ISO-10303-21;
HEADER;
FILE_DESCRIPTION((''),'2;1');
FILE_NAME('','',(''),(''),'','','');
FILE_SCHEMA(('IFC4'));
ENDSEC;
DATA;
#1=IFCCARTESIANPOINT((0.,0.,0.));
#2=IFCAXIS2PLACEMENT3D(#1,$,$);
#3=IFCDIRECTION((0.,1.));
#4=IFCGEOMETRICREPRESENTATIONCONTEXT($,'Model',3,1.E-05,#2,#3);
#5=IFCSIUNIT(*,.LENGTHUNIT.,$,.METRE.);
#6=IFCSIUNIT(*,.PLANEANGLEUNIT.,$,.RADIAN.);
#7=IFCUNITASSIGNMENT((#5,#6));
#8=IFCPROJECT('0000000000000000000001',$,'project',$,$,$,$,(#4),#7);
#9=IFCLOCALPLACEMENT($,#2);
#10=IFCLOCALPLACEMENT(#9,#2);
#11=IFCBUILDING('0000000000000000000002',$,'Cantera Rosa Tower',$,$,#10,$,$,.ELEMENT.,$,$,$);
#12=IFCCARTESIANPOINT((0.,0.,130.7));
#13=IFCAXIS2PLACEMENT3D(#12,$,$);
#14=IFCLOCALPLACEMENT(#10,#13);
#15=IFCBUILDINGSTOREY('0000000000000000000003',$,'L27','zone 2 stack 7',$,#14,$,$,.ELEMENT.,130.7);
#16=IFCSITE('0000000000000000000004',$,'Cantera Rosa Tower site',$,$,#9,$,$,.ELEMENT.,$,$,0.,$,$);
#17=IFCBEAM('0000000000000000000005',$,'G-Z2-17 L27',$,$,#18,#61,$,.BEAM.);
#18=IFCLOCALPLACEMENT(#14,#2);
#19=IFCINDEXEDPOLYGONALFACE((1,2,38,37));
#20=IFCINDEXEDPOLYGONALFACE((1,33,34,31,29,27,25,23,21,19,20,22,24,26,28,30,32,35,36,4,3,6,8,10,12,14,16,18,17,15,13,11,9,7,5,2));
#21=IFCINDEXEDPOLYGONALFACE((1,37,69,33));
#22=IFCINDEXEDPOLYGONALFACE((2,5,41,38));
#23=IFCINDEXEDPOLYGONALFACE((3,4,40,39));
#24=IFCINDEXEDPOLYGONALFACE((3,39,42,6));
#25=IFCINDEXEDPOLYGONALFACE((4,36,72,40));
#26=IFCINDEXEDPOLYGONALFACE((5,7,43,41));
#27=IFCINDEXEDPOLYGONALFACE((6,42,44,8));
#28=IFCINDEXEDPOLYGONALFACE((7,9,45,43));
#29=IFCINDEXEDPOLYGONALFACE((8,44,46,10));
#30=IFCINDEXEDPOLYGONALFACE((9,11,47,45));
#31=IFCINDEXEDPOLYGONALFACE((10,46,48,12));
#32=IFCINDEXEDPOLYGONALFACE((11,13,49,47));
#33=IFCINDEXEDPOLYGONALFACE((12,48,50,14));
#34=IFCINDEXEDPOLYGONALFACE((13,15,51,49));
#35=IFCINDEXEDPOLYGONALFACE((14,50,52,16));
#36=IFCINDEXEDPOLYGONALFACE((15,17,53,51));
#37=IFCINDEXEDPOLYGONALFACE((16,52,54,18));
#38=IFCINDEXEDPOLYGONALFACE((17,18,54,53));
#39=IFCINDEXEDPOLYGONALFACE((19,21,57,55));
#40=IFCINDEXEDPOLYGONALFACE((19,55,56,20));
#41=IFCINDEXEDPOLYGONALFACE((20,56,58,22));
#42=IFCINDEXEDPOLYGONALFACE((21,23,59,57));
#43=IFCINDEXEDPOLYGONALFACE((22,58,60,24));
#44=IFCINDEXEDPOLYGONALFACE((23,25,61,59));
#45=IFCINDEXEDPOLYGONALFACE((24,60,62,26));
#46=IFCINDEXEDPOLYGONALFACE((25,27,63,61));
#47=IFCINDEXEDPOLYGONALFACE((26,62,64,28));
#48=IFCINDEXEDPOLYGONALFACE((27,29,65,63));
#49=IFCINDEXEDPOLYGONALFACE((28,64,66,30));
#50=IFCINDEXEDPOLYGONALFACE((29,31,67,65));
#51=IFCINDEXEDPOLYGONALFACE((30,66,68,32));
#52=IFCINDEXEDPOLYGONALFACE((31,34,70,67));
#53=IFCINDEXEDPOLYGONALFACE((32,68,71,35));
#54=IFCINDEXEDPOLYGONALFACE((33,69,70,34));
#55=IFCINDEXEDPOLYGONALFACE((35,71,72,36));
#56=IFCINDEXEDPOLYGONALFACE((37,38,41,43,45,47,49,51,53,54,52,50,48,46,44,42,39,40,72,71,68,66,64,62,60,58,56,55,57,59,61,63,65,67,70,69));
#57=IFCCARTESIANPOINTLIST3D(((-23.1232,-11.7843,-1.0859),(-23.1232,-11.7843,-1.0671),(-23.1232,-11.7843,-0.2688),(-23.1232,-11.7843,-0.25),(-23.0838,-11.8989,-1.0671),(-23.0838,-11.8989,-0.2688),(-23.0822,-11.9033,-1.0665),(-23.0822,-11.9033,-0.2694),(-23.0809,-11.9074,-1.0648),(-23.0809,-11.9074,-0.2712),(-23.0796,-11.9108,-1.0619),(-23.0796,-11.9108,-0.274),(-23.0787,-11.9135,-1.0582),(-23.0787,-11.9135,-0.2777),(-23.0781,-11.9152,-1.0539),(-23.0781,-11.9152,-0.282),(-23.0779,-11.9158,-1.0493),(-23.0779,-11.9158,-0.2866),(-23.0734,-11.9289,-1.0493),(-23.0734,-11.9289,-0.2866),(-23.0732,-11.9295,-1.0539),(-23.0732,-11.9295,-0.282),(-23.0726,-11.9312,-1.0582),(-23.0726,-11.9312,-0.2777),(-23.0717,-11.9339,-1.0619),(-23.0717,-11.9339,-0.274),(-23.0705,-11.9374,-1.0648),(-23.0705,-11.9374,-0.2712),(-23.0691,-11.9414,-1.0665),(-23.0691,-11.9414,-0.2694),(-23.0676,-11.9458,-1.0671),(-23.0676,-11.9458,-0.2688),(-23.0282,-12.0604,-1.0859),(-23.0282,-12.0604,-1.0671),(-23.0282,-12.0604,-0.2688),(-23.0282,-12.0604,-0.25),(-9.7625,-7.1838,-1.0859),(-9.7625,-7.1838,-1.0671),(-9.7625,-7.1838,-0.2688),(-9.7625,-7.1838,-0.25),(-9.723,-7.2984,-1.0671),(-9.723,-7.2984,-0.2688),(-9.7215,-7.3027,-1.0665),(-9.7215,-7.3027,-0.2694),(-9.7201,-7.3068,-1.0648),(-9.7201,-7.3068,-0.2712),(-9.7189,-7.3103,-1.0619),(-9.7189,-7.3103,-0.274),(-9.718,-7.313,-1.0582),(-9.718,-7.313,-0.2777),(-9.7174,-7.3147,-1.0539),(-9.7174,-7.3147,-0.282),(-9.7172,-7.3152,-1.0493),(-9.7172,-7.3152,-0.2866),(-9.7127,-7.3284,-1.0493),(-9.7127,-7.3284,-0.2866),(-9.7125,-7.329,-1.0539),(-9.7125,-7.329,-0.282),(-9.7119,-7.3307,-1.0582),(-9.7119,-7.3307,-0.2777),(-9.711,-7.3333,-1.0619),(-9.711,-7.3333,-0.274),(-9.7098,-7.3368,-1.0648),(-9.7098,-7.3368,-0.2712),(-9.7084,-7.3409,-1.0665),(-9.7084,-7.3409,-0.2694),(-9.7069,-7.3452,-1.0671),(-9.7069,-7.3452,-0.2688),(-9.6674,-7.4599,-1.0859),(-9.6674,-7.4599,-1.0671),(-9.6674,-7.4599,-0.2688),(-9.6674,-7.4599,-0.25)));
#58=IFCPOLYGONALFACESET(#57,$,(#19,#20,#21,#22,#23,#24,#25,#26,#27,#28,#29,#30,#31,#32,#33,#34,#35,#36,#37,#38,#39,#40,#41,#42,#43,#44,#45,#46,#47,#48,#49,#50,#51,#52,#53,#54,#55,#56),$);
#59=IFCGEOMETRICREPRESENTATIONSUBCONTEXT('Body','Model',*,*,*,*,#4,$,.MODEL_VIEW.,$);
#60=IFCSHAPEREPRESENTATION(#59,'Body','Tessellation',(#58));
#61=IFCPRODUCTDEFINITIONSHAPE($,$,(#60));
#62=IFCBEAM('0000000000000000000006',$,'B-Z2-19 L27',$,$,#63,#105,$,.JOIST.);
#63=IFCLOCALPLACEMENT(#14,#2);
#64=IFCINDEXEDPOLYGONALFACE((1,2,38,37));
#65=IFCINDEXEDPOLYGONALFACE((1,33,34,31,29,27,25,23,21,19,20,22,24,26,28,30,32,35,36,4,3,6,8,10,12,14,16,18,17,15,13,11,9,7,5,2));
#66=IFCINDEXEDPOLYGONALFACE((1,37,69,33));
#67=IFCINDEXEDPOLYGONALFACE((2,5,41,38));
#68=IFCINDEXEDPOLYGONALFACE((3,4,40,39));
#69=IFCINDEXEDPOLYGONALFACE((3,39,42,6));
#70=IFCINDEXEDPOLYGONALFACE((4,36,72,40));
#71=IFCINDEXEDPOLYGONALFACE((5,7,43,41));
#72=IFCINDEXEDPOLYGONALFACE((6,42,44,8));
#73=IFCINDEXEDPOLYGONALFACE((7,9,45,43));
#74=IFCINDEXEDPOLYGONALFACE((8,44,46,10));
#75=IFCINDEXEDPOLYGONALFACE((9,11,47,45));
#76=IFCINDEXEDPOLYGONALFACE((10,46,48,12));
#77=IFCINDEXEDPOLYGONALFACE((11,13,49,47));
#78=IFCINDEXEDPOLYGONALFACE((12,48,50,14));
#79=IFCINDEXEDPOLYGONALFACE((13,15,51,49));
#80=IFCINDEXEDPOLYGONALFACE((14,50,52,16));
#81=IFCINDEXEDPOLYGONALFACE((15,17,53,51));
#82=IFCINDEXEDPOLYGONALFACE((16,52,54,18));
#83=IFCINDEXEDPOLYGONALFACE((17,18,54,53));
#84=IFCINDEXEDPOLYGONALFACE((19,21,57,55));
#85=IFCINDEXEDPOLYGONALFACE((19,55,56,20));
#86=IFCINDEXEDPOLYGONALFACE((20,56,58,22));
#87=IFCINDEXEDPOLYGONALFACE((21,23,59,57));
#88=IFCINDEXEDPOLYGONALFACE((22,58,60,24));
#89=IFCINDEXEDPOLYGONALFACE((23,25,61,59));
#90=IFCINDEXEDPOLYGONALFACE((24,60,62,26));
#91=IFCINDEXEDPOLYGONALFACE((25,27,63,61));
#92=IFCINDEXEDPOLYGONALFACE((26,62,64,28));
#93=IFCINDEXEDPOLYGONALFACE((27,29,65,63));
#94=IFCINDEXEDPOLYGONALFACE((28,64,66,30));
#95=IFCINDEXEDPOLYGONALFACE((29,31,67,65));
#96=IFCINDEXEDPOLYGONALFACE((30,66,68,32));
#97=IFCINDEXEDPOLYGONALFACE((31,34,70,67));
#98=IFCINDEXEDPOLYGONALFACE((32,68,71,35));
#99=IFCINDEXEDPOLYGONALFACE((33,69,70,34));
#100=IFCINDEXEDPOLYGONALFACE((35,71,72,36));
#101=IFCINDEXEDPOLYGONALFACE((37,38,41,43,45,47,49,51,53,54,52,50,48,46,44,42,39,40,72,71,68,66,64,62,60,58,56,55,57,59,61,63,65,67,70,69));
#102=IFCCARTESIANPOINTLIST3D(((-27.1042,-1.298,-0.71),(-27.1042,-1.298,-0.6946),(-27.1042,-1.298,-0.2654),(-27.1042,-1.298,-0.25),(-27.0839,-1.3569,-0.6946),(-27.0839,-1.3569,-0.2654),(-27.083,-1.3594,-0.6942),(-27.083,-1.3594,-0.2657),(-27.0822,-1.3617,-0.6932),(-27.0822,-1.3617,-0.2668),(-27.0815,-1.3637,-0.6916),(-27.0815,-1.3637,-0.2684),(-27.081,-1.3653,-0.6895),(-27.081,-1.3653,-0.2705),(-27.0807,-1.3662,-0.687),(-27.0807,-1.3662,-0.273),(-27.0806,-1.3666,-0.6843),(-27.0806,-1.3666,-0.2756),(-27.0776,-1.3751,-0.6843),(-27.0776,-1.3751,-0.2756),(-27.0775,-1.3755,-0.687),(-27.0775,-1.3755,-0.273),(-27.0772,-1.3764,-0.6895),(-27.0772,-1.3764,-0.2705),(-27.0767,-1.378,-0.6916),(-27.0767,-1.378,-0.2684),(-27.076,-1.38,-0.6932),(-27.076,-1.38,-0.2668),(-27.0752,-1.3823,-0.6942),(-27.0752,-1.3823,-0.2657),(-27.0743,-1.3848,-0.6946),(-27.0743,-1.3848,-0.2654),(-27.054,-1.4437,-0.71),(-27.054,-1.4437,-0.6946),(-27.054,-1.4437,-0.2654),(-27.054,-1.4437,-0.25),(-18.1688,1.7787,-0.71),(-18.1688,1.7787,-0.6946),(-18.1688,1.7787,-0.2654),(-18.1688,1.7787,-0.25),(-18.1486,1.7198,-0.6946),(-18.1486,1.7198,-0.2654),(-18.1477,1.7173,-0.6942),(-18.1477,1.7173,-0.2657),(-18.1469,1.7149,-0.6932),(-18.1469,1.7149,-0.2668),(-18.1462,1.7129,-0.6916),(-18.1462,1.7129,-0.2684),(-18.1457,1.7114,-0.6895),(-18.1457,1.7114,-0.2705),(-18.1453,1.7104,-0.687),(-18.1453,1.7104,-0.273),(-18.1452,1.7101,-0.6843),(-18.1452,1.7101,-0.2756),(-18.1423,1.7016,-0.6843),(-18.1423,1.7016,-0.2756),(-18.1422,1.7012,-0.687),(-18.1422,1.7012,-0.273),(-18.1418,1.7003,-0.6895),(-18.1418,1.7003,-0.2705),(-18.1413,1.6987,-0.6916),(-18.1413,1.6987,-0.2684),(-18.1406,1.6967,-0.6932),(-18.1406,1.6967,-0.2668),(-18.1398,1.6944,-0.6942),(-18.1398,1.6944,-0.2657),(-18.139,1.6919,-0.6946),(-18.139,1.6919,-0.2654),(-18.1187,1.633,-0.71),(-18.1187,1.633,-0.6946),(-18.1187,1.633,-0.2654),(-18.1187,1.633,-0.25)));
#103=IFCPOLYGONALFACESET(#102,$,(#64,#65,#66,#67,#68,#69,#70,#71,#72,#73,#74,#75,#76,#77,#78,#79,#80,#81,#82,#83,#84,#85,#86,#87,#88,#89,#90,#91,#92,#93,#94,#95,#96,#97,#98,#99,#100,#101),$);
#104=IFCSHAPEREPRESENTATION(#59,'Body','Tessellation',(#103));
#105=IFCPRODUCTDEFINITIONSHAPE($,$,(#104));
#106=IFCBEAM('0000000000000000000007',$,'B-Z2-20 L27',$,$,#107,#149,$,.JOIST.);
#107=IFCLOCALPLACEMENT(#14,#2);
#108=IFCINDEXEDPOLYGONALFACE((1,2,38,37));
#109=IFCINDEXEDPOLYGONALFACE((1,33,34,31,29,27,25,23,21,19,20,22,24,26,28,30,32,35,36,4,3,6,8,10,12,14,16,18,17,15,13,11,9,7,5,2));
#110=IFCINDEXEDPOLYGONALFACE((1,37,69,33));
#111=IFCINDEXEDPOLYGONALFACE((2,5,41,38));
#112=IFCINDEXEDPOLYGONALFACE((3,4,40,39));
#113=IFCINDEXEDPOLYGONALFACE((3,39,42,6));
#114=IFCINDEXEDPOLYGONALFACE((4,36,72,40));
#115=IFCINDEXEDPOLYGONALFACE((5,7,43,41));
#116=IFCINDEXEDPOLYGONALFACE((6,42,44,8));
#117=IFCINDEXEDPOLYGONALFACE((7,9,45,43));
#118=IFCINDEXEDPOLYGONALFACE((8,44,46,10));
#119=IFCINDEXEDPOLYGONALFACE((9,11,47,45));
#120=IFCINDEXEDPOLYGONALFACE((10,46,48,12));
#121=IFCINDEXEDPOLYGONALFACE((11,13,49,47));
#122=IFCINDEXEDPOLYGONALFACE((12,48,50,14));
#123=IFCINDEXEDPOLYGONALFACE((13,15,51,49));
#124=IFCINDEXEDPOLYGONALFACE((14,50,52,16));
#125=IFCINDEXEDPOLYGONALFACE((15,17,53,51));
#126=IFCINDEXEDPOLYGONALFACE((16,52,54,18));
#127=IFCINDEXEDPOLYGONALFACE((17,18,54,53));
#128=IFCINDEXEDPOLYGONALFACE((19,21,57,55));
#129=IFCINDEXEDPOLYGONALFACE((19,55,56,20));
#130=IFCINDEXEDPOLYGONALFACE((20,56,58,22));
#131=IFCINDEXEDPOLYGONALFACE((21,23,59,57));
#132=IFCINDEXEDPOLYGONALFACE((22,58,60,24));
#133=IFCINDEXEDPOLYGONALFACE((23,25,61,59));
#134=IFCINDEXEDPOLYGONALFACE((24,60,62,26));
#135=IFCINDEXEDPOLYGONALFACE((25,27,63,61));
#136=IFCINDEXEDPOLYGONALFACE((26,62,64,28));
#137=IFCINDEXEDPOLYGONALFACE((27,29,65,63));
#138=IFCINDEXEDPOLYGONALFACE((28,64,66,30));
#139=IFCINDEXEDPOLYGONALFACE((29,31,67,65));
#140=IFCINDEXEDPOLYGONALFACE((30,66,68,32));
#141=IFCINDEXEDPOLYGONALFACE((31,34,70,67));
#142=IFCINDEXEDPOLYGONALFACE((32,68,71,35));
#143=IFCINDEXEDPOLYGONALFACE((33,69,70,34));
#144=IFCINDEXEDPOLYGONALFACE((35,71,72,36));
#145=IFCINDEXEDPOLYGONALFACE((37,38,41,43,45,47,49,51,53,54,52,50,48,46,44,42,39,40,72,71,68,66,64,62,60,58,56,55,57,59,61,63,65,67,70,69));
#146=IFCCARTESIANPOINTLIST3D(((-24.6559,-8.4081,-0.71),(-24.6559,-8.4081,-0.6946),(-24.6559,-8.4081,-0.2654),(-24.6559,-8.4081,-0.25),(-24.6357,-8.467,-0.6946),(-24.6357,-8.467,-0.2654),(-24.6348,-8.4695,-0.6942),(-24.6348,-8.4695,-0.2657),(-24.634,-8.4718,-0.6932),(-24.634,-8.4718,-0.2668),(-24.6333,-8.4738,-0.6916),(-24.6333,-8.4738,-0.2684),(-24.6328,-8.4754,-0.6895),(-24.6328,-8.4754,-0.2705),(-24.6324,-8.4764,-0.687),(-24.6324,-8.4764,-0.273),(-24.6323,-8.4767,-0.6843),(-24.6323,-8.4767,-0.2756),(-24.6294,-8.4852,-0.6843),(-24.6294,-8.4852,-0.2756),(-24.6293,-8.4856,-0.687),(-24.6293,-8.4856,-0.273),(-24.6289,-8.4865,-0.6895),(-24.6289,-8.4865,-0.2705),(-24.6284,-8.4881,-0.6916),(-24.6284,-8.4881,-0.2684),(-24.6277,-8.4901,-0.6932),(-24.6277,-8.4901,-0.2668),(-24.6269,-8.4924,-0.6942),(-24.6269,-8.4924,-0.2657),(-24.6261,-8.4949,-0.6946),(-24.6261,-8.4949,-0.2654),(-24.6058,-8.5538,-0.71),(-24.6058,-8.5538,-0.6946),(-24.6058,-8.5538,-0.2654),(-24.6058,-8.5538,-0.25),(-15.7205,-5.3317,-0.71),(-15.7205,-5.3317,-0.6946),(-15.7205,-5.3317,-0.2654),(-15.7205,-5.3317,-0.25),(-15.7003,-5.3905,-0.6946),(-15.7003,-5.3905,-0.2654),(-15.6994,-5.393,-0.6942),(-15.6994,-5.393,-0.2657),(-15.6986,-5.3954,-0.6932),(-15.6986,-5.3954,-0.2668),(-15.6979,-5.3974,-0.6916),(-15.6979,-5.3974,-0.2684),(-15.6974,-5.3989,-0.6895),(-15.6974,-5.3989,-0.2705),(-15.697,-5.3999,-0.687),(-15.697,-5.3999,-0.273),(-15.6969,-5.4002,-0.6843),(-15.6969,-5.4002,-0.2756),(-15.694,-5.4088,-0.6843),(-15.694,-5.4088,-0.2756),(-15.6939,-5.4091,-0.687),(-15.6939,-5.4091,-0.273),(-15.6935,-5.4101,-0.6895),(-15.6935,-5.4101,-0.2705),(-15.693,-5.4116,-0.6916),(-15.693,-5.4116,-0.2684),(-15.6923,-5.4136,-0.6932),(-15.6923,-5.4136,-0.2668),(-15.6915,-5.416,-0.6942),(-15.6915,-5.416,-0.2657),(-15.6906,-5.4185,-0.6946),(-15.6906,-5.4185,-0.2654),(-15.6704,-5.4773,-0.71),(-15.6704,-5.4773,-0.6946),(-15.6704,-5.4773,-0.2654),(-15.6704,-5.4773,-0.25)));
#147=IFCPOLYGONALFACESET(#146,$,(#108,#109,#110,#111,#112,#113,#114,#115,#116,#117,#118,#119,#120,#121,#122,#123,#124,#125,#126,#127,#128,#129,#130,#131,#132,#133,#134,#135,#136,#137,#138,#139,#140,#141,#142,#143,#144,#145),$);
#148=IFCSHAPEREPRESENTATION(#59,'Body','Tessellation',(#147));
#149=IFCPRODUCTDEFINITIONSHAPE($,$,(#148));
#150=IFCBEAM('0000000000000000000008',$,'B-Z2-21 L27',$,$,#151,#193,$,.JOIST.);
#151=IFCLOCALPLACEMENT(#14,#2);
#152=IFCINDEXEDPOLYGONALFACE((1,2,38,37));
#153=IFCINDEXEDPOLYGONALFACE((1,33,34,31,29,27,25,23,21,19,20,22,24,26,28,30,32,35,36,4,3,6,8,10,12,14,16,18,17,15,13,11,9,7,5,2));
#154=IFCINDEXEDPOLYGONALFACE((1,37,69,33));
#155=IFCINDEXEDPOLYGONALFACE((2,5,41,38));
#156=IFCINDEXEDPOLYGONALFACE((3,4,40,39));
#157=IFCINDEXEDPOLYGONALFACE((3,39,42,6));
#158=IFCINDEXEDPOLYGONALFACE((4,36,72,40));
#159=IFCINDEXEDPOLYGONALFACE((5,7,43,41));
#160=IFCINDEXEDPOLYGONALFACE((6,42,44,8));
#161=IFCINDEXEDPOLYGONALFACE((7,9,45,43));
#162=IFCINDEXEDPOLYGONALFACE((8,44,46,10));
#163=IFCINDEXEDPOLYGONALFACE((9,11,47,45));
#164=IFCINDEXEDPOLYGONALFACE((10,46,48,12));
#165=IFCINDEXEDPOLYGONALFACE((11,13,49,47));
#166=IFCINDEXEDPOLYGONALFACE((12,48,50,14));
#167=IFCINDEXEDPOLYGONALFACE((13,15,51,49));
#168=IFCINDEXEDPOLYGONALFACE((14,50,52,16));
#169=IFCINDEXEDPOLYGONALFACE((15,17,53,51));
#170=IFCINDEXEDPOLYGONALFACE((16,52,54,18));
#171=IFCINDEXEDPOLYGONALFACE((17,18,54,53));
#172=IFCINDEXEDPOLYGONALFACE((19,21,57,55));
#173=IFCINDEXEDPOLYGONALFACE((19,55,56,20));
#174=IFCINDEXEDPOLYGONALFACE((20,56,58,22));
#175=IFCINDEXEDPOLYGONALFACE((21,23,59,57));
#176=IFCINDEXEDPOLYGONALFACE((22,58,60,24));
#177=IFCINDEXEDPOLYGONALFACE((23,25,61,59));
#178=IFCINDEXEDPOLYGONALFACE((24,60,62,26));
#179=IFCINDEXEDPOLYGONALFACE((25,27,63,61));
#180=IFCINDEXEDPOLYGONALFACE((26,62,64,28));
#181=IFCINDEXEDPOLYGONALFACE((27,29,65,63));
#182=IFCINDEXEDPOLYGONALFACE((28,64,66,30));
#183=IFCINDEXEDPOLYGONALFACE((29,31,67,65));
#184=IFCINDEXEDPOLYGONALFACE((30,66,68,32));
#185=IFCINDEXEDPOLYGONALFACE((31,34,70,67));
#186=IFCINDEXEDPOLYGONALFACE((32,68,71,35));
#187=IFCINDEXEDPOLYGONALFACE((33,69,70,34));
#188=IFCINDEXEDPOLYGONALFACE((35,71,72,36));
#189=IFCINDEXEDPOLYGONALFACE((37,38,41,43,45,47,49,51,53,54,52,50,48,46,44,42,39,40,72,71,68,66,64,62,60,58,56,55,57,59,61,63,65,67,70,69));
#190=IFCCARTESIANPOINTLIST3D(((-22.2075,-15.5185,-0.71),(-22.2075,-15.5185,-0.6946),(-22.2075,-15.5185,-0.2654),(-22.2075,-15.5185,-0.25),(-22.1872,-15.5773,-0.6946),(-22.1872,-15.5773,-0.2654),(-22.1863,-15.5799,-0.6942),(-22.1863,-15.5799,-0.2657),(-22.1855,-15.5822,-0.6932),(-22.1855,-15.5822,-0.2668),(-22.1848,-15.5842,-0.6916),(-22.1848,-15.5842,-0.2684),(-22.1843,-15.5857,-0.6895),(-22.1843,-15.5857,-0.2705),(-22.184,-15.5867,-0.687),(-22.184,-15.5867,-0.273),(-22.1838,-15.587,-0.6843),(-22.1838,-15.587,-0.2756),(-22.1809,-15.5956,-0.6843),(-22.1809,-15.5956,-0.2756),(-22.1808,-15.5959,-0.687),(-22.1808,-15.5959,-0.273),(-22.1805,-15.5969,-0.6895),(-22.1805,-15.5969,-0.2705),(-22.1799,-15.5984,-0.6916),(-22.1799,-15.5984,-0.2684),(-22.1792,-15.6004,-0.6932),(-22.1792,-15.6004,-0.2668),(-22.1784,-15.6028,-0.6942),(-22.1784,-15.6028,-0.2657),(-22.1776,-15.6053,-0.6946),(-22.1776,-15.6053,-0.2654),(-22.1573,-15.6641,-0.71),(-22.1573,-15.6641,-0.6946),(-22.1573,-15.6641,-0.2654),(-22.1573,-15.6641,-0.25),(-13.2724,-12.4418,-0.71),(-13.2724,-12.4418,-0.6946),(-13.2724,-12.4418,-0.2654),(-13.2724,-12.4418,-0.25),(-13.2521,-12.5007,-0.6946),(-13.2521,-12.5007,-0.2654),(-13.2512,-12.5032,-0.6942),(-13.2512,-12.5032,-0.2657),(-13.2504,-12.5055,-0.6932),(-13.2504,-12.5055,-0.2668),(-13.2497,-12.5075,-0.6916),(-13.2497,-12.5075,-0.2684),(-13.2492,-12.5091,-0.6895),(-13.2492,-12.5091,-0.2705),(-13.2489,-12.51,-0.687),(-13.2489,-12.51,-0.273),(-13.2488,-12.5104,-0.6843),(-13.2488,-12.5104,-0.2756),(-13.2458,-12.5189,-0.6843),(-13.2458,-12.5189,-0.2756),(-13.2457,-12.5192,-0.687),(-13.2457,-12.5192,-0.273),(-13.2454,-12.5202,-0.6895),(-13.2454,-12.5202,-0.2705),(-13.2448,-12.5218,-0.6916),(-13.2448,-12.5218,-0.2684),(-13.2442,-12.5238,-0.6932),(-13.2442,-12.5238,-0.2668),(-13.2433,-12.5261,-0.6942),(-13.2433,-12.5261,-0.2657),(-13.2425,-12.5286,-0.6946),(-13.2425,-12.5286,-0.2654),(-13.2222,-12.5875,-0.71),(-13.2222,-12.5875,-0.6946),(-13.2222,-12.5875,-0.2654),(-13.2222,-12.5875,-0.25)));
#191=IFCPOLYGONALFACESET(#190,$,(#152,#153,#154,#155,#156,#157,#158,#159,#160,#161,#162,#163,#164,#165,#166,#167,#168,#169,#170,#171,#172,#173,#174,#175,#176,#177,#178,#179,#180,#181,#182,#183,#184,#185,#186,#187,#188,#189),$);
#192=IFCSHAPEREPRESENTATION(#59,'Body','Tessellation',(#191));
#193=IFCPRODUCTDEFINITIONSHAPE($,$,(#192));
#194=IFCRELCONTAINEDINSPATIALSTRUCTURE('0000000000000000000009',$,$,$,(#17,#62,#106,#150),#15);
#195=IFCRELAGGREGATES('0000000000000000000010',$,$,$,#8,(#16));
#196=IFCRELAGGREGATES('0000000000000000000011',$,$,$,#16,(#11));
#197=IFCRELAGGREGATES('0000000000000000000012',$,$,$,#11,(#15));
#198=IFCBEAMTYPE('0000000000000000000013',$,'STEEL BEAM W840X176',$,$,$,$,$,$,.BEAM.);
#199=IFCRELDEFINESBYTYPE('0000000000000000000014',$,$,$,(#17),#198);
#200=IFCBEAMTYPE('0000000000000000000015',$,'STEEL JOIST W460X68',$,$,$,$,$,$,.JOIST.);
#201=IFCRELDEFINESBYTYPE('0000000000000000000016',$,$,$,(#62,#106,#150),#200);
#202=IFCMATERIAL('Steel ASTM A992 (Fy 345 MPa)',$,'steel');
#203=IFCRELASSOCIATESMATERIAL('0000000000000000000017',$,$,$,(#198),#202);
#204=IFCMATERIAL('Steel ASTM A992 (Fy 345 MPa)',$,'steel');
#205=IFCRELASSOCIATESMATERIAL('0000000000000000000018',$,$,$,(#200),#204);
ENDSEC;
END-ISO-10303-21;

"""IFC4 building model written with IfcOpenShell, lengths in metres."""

from ifc_helpers import new_model, si_unit, direction, frame, origin, origin_2d, place, context, subcontext, project, spatial, i_section, extrude, material, material_profile, profile_set, type_object, element, save


model = new_model("IFC4")

# Units and contexts
model_context = context("Model", 3, precision=1e-05, world=origin(), true_north=direction((0.0, 1.0)))
body_context = subcontext(model_context, "Body", "Model", "MODEL_VIEW")
ifc_project = project(units=[si_unit("LENGTHUNIT", "METRE"), si_unit("PLANEANGLEUNIT", "RADIAN")], contexts=[model_context])

# Site, building, storey
site_placement = place(None, origin())
site = spatial("IfcSite", under=ifc_project, at=site_placement, Name="Cantera Rosa Tower site", CompositionType="ELEMENT", RefElevation=0.0)
building_placement = place(site_placement, origin())
building = spatial("IfcBuilding", under=site, at=building_placement, Name="Cantera Rosa Tower", CompositionType="ELEMENT")
storey_placement = place(building_placement, frame((0.0, 0.0, 130.7)))
storey = spatial("IfcBuildingStorey", under=building, at=storey_placement, Name="L27", Description="zone 2 stack 7", CompositionType="ELEMENT", Elevation=130.7)

# Beams
ifc_material_1 = material(Name="Steel ASTM A992 (Fy 345 MPa)", Category="steel")
ifc_material_profile_1 = material_profile(ifc_material_1, i_section(OverallWidth=0.292, OverallDepth=0.8359, WebThickness=0.0139, FlangeThickness=0.0188, FilletRadius=0.0178, at=origin_2d()), Name="W840X176")
ifc_profile_set_1 = profile_set([ifc_material_profile_1], Name="Steel ASTM A992 (Fy 345 MPa)")
beam_type_1 = type_object("IfcBeamType", Name="STEEL BEAM W840X176", PredefinedType="BEAM", material=ifc_profile_set_1)
beam_1_placement = place(storey_placement, frame((-23.0757, -11.9224, -0.668), z_axis=(0.945517, 0.325573, 0.0), x_axis=(-0.325573, 0.945517, 0.0)))
element("IfcBeam", 1, at=beam_1_placement, inside=storey, type_object=beam_type_1, Name="G-Z2-17 L27", PredefinedType="BEAM", context=body_context, shape_type="SweptSolid", body=[
    extrude(i_section(OverallWidth=0.292, OverallDepth=0.8359, WebThickness=0.0139, FlangeThickness=0.0188, FilletRadius=0.0178, at=origin_2d()), origin(), (0.0, 0.0, 1.0), 14.1306),
])
ifc_material_2 = material(Name="Steel ASTM A992 (Fy 345 MPa)", Category="steel")
ifc_material_profile_2 = material_profile(ifc_material_2, i_section(OverallWidth=0.1541, OverallDepth=0.46, WebThickness=0.009, FlangeThickness=0.0154, FilletRadius=0.0103, at=origin_2d()), Name="W460X68")
ifc_profile_set_2 = profile_set([ifc_material_profile_2], Name="Steel ASTM A992 (Fy 345 MPa)")
beam_type_2 = type_object("IfcBeamType", Name="STEEL JOIST W460X68", PredefinedType="JOIST", material=ifc_profile_set_2)
for number, where, z_axis, x_axis, name in (
    (2, (-27.0791, -1.3708, -0.48), (0.945519, 0.325567, 0.0), (-0.325567, 0.945519, 0.0), "B-Z2-19 L27"),
    (3, (-24.6309, -8.481, -0.48), (0.945527, 0.325544, 0.0), (-0.325544, 0.945527, 0.0), "B-Z2-20 L27"),
):
    element("IfcBeam", number, at=place(storey_placement, frame(where, z_axis=z_axis, x_axis=x_axis)), inside=storey, type_object=beam_type_2, Name=name, PredefinedType="JOIST", context=body_context, shape_type="SweptSolid", body=[
        extrude(i_section(OverallWidth=0.1541, OverallDepth=0.46, WebThickness=0.009, FlangeThickness=0.0154, FilletRadius=0.0103, at=origin_2d()), origin(), (0.0, 0.0, 1.0), 9.4502),
    ])
beam_2_placement = place(storey_placement, frame((-22.1824, -15.5913, -0.48), z_axis=(0.945516, 0.325575, 0.0), x_axis=(-0.325575, 0.945516, 0.0)))
element("IfcBeam", 4, at=beam_2_placement, inside=storey, type_object=beam_type_2, Name="B-Z2-21 L27", PredefinedType="JOIST", context=body_context, shape_type="SweptSolid", body=[
    extrude(i_section(OverallWidth=0.1541, OverallDepth=0.46, WebThickness=0.009, FlangeThickness=0.0154, FilletRadius=0.0103, at=origin_2d()), origin(), (0.0, 0.0, 1.0), 9.45),
])

save(model, "model.ifc")
